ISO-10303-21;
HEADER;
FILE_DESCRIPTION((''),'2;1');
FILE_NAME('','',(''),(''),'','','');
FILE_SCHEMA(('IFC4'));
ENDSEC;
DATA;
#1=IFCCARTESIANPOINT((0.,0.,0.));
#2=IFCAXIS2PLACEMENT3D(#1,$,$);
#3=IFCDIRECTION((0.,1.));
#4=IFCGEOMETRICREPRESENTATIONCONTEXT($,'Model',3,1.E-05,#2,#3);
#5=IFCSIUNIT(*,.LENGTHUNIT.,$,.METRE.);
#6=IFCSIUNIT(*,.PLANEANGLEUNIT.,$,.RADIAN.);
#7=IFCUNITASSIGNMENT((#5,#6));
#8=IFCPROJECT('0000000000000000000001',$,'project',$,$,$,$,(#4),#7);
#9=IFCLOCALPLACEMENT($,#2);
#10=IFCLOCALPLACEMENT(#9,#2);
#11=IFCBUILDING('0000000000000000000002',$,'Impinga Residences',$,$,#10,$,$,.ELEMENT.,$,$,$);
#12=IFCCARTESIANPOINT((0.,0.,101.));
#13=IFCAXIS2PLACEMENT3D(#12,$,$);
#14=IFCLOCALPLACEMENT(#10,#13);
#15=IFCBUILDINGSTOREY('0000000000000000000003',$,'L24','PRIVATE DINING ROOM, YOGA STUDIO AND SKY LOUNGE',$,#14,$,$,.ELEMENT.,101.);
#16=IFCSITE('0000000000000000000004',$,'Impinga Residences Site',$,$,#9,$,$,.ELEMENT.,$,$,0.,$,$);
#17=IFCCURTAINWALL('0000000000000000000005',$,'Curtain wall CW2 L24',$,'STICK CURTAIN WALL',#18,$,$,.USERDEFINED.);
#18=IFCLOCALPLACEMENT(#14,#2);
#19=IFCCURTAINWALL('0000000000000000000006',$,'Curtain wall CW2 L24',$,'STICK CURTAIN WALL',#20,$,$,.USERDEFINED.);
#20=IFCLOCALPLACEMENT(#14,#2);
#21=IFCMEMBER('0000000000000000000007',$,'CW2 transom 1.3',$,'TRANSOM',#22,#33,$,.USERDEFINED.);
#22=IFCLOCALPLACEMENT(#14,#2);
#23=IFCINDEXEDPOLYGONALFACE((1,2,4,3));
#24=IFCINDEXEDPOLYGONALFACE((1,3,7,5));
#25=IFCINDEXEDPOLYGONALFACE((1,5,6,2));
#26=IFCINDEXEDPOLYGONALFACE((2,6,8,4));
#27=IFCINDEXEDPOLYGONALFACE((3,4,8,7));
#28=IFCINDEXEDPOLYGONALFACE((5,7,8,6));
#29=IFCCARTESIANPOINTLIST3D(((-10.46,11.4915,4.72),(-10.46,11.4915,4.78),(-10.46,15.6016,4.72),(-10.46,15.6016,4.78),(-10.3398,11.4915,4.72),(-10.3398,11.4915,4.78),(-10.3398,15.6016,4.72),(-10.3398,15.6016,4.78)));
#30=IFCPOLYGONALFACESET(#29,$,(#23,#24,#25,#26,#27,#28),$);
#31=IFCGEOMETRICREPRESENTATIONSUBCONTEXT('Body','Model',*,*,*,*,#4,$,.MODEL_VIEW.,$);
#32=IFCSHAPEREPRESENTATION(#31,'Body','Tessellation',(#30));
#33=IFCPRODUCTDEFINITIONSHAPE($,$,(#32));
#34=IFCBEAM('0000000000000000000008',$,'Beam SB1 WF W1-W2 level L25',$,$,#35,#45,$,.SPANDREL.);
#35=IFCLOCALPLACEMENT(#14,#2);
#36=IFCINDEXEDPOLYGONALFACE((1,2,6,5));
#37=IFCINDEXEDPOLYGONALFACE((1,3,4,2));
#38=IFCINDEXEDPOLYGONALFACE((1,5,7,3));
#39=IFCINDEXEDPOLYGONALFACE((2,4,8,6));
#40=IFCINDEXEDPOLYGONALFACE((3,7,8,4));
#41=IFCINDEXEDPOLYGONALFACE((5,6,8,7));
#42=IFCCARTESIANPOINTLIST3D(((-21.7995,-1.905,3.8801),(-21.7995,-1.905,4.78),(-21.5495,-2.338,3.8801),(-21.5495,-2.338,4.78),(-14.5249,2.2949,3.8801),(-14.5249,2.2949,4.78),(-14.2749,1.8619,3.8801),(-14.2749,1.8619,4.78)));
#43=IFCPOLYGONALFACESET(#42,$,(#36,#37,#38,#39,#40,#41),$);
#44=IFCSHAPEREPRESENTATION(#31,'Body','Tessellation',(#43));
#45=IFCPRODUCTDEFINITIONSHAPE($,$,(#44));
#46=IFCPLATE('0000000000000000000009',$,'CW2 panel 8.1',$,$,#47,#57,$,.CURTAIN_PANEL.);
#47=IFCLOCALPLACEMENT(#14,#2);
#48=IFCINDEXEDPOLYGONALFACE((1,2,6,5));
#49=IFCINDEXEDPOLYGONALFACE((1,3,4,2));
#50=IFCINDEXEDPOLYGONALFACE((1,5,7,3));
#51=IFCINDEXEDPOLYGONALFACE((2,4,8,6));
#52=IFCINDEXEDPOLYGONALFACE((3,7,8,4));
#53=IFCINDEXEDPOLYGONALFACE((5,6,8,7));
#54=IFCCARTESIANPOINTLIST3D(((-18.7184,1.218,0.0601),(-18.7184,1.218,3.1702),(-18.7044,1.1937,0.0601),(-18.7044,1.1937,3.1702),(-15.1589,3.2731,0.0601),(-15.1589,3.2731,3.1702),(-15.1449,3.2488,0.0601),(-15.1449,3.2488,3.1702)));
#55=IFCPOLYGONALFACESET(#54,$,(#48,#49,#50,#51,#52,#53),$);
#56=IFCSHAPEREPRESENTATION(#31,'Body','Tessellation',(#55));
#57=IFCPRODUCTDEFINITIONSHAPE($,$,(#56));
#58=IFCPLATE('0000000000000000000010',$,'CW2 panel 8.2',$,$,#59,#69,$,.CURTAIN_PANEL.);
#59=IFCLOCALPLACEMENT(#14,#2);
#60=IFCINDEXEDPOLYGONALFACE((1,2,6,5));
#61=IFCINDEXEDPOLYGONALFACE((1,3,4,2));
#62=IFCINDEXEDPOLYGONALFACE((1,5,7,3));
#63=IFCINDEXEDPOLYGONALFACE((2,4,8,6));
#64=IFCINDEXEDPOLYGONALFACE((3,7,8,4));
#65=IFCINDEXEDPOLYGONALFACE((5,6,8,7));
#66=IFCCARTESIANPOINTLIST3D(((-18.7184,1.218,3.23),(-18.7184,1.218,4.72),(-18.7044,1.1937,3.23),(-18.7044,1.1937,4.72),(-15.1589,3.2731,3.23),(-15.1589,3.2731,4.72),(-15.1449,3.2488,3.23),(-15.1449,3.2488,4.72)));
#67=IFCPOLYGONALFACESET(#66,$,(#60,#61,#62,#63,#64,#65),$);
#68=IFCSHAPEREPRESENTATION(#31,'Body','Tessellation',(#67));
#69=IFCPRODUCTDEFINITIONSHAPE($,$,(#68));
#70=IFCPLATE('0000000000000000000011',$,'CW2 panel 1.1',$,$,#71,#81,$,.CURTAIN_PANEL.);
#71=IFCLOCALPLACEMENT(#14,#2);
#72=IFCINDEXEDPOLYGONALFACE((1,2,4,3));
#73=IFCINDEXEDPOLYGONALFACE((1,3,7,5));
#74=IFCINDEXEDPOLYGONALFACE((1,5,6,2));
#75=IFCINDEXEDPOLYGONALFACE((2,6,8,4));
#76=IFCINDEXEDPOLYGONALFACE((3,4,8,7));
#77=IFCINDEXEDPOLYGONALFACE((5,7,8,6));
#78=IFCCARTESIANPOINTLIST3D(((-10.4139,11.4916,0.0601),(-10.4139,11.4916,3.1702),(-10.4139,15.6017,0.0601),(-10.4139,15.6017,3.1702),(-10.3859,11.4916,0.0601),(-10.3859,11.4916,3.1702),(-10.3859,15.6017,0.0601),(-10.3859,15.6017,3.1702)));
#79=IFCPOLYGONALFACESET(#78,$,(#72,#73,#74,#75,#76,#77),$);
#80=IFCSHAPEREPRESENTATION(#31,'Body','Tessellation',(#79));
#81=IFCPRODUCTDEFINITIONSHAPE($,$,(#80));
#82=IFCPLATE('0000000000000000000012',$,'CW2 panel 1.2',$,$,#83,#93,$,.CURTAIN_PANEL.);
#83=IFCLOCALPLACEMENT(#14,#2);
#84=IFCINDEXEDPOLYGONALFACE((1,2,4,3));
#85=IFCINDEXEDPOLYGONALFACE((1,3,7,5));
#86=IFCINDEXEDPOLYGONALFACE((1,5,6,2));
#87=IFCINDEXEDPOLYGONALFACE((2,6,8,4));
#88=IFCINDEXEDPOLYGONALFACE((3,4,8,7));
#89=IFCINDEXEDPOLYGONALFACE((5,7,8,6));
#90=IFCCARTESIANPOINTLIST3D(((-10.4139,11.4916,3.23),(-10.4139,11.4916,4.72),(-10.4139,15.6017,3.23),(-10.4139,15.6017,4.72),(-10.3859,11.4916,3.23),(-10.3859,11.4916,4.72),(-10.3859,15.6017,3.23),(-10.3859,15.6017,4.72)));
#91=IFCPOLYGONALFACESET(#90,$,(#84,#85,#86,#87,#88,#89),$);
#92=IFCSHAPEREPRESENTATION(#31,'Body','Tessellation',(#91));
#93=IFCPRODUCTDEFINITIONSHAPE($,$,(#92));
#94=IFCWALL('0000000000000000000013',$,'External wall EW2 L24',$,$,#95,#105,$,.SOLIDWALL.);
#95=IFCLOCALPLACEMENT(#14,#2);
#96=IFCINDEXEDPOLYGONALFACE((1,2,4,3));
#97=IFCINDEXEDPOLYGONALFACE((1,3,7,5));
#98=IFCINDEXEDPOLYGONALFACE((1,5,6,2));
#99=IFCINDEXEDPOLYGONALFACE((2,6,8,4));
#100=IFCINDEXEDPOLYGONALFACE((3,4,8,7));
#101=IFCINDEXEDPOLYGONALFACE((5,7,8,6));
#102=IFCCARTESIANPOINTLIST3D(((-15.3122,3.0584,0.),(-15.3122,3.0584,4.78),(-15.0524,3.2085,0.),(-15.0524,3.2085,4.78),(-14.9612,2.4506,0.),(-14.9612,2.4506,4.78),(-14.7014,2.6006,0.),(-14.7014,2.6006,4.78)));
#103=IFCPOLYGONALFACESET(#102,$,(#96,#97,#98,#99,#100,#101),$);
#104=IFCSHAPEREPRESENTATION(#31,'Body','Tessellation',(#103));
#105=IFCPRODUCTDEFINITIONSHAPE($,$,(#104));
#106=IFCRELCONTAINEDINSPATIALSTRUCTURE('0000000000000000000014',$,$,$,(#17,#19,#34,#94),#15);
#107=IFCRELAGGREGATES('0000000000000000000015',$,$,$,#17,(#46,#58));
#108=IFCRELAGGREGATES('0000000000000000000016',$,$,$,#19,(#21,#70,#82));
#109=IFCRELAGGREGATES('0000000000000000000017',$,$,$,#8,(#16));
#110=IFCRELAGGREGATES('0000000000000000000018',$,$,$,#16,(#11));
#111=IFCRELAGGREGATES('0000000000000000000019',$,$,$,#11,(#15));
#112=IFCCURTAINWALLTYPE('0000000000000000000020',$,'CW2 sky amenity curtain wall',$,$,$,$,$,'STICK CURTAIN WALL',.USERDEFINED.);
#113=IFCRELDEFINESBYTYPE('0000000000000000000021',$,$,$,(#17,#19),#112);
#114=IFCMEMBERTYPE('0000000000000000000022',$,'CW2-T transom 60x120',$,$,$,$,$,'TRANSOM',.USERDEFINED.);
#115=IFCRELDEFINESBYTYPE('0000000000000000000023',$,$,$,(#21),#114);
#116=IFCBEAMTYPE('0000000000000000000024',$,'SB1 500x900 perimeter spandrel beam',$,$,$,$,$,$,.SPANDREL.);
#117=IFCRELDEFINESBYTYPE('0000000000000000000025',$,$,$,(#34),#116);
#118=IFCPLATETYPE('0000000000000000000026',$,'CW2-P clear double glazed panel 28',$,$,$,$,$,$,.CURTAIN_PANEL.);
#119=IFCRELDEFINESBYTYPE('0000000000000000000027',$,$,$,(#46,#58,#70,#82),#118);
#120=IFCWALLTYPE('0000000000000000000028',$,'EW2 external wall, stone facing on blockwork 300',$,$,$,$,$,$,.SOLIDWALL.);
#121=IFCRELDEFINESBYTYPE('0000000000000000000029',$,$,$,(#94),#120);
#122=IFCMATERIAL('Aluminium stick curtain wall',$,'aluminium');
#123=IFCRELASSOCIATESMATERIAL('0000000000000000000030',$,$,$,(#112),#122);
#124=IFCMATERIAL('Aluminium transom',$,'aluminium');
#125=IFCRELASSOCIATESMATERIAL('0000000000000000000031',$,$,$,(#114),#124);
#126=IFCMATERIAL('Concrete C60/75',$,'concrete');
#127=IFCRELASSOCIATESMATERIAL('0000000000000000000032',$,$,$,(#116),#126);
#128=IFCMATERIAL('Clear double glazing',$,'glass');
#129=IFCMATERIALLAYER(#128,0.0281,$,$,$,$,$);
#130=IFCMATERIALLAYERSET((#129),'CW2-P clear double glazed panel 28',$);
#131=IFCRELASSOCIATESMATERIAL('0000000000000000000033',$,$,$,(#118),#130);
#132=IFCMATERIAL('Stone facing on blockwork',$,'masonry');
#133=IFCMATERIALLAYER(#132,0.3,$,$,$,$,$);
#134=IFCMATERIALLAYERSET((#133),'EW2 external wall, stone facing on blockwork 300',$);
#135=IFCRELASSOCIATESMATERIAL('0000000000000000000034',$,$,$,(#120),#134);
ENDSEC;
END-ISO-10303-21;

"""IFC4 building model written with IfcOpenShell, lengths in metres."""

from ifc_helpers import new_model, si_unit, direction, frame, frame_2d, origin, origin_2d, place, context, subcontext, project, spatial, rectangle, extrude, material, layer, layer_set, material_profile, profile_set, type_object, element, aggregate, save


model = new_model("IFC4")

# Units and contexts
model_context = context("Model", 3, precision=1e-05, world=origin(), true_north=direction((0.0, 1.0)))
body_context = subcontext(model_context, "Body", "Model", "MODEL_VIEW")
ifc_project = project(units=[si_unit("LENGTHUNIT", "METRE"), si_unit("PLANEANGLEUNIT", "RADIAN")], contexts=[model_context])

# Site, building, storey
site_placement = place(None, origin())
site = spatial("IfcSite", under=ifc_project, at=site_placement, Name="Impinga Residences Site", CompositionType="ELEMENT", RefElevation=0.0)
building_placement = place(site_placement, origin())
building = spatial("IfcBuilding", under=site, at=building_placement, Name="Impinga Residences", CompositionType="ELEMENT")
storey_placement = place(building_placement, frame((0.0, 0.0, 101.0)))
storey = spatial("IfcBuildingStorey", under=building, at=storey_placement, Name="L24", Description="PRIVATE DINING ROOM, YOGA STUDIO AND SKY LOUNGE", CompositionType="ELEMENT", Elevation=101.0)

# Shared definitions
ifc_material_1 = material(Name="Concrete C60/75", Category="concrete")

# Curtain wall
ifc_material_2 = material(Name="Aluminium stick curtain wall", Category="aluminium")
curtain_wall_type = type_object("IfcCurtainWallType", Name="CW2 sky amenity curtain wall", ElementType="STICK CURTAIN WALL", PredefinedType="USERDEFINED", material=ifc_material_2)
curtain_wall_1_placement = place(storey_placement, origin())
curtain_wall_1 = element("IfcCurtainWall", 1, at=curtain_wall_1_placement, inside=storey, type_object=curtain_wall_type, Name="Curtain wall CW2 L24", ObjectType="STICK CURTAIN WALL", PredefinedType="USERDEFINED")

# Curtain wall
curtain_wall_2_placement = place(storey_placement, origin())
curtain_wall_2 = element("IfcCurtainWall", 2, at=curtain_wall_2_placement, inside=storey, type_object=curtain_wall_type, Name="Curtain wall CW2 L24", ObjectType="STICK CURTAIN WALL", PredefinedType="USERDEFINED")

# Member
ifc_material_3 = material(Name="Aluminium transom", Category="aluminium")
ifc_material_profile_1 = material_profile(ifc_material_3, rectangle(XDim=0.0601, YDim=0.1201, at=origin_2d()), Name="60x120 transom")
ifc_profile_set_1 = profile_set([ifc_material_profile_1], Name="Aluminium transom")
member_type_1 = type_object("IfcMemberType", Name="CW2-T transom 60x120", ElementType="TRANSOM", PredefinedType="USERDEFINED", material=ifc_profile_set_1)
member_1_placement = place(storey_placement, frame((-10.3999, 11.4915, 4.75), z_axis=(0.0, 1.0, 0.0), x_axis=(0.0, 0.0, 1.0)))
member_1 = element("IfcMember", 3, at=member_1_placement, type_object=member_type_1, Name="CW2 transom 1.3", ObjectType="TRANSOM", PredefinedType="USERDEFINED", context=body_context, shape_type="SweptSolid", body=[
    extrude(rectangle(XDim=0.0601, YDim=0.1201, at=origin_2d()), origin(), (0.0, 0.0, 1.0), 4.1101),
])

# Beam
ifc_material_profile_2 = material_profile(ifc_material_1, rectangle(XDim=0.5, YDim=0.8999, at=origin_2d()), Name="RC 500x900")
ifc_profile_set_2 = profile_set([ifc_material_profile_2], Name="Concrete C60/75")
beam_type = type_object("IfcBeamType", Name="SB1 500x900 perimeter spandrel beam", PredefinedType="SPANDREL", material=ifc_profile_set_2)
beam_placement = place(storey_placement, frame((-14.3999, 2.0784, 4.3301), z_axis=(-0.866029, -0.499993, 0.0), x_axis=(0.499993, -0.866029, 0.0)))
element("IfcBeam", 4, at=beam_placement, inside=storey, type_object=beam_type, Name="Beam SB1 WF W1-W2 level L25", PredefinedType="SPANDREL", context=body_context, shape_type="SweptSolid", body=[
    extrude(rectangle(XDim=0.5, YDim=0.8999, at=origin_2d()), origin(), (0.0, 0.0, 1.0), 8.3999),
])

# Plates
ifc_material_4 = material(Name="Clear double glazing", Category="glass")
ifc_layer_1 = layer(ifc_material_4, 0.0281)
ifc_layer_set_1 = layer_set([ifc_layer_1], Name="CW2-P clear double glazed panel 28")
plate_type = type_object("IfcPlateType", Name="CW2-P clear double glazed panel 28", PredefinedType="CURTAIN_PANEL", material=ifc_layer_set_1)
plate_1_placement = place(storey_placement, frame((-16.9316, 2.2334, 0.0601), z_axis=(0.0, 0.0, 1.0), x_axis=(0.866025, 0.5, 0.0)))
plate_1 = element("IfcPlate", 5, at=plate_1_placement, type_object=plate_type, Name="CW2 panel 8.1", PredefinedType="CURTAIN_PANEL", context=body_context, shape_type="SweptSolid", body=[
    extrude(rectangle(XDim=4.1101, YDim=0.0281, at=origin_2d()), origin(), (0.0, 0.0, 1.0), 3.1101),
])
plate_2_placement = place(storey_placement, frame((-16.9316, 2.2334, 3.23), z_axis=(0.0, 0.0, 1.0), x_axis=(0.866025, 0.5, 0.0)))
plate_2 = element("IfcPlate", 6, at=plate_2_placement, type_object=plate_type, Name="CW2 panel 8.2", PredefinedType="CURTAIN_PANEL", context=body_context, shape_type="SweptSolid", body=[
    extrude(rectangle(XDim=4.1101, YDim=0.0281, at=origin_2d()), origin(), (0.0, 0.0, 1.0), 1.49),
])
aggregate(curtain_wall_1, [plate_1, plate_2])
plate_3_placement = place(storey_placement, frame((-10.3999, 13.5466, 0.0601), z_axis=(0.0, 0.0, 1.0), x_axis=(0.0, 1.0, 0.0)))
plate_3 = element("IfcPlate", 7, at=plate_3_placement, type_object=plate_type, Name="CW2 panel 1.1", PredefinedType="CURTAIN_PANEL", context=body_context, shape_type="SweptSolid", body=[
    extrude(rectangle(XDim=4.1101, YDim=0.0281, at=origin_2d()), origin(), (0.0, 0.0, 1.0), 3.1101),
])
plate_4_placement = place(storey_placement, frame((-10.3999, 13.5466, 3.23), z_axis=(0.0, 0.0, 1.0), x_axis=(0.0, 1.0, 0.0)))
plate_4 = element("IfcPlate", 8, at=plate_4_placement, type_object=plate_type, Name="CW2 panel 1.2", PredefinedType="CURTAIN_PANEL", context=body_context, shape_type="SweptSolid", body=[
    extrude(rectangle(XDim=4.1101, YDim=0.0281, at=origin_2d()), origin(), (0.0, 0.0, 1.0), 1.49),
])
aggregate(curtain_wall_2, [member_1, plate_3, plate_4])

# Wall
ifc_material_5 = material(Name="Stone facing on blockwork", Category="masonry")
ifc_layer_2 = layer(ifc_material_5, 0.3)
ifc_layer_set_2 = layer_set([ifc_layer_2], Name="EW2 external wall, stone facing on blockwork 300")
wall_type = type_object("IfcWallType", Name="EW2 external wall, stone facing on blockwork 300", PredefinedType="SOLIDWALL", material=ifc_layer_set_2)
wall_placement = place(storey_placement, frame((-15.1824, 3.1335, 0.0), z_axis=(0.0, 0.0, 1.0), x_axis=(0.500104, -0.865965, 0.0)))
element("IfcWall", 9, at=wall_placement, inside=storey, type_object=wall_type, Name="External wall EW2 L24", PredefinedType="SOLIDWALL", context=body_context, shape_type="SweptSolid", body=[
    extrude(rectangle(XDim=0.7019, YDim=0.3, at=frame_2d((0.3511, 0.0))), origin(), (0.0, 0.0, 1.0), 4.78),
])

save(model, "model.ifc")
